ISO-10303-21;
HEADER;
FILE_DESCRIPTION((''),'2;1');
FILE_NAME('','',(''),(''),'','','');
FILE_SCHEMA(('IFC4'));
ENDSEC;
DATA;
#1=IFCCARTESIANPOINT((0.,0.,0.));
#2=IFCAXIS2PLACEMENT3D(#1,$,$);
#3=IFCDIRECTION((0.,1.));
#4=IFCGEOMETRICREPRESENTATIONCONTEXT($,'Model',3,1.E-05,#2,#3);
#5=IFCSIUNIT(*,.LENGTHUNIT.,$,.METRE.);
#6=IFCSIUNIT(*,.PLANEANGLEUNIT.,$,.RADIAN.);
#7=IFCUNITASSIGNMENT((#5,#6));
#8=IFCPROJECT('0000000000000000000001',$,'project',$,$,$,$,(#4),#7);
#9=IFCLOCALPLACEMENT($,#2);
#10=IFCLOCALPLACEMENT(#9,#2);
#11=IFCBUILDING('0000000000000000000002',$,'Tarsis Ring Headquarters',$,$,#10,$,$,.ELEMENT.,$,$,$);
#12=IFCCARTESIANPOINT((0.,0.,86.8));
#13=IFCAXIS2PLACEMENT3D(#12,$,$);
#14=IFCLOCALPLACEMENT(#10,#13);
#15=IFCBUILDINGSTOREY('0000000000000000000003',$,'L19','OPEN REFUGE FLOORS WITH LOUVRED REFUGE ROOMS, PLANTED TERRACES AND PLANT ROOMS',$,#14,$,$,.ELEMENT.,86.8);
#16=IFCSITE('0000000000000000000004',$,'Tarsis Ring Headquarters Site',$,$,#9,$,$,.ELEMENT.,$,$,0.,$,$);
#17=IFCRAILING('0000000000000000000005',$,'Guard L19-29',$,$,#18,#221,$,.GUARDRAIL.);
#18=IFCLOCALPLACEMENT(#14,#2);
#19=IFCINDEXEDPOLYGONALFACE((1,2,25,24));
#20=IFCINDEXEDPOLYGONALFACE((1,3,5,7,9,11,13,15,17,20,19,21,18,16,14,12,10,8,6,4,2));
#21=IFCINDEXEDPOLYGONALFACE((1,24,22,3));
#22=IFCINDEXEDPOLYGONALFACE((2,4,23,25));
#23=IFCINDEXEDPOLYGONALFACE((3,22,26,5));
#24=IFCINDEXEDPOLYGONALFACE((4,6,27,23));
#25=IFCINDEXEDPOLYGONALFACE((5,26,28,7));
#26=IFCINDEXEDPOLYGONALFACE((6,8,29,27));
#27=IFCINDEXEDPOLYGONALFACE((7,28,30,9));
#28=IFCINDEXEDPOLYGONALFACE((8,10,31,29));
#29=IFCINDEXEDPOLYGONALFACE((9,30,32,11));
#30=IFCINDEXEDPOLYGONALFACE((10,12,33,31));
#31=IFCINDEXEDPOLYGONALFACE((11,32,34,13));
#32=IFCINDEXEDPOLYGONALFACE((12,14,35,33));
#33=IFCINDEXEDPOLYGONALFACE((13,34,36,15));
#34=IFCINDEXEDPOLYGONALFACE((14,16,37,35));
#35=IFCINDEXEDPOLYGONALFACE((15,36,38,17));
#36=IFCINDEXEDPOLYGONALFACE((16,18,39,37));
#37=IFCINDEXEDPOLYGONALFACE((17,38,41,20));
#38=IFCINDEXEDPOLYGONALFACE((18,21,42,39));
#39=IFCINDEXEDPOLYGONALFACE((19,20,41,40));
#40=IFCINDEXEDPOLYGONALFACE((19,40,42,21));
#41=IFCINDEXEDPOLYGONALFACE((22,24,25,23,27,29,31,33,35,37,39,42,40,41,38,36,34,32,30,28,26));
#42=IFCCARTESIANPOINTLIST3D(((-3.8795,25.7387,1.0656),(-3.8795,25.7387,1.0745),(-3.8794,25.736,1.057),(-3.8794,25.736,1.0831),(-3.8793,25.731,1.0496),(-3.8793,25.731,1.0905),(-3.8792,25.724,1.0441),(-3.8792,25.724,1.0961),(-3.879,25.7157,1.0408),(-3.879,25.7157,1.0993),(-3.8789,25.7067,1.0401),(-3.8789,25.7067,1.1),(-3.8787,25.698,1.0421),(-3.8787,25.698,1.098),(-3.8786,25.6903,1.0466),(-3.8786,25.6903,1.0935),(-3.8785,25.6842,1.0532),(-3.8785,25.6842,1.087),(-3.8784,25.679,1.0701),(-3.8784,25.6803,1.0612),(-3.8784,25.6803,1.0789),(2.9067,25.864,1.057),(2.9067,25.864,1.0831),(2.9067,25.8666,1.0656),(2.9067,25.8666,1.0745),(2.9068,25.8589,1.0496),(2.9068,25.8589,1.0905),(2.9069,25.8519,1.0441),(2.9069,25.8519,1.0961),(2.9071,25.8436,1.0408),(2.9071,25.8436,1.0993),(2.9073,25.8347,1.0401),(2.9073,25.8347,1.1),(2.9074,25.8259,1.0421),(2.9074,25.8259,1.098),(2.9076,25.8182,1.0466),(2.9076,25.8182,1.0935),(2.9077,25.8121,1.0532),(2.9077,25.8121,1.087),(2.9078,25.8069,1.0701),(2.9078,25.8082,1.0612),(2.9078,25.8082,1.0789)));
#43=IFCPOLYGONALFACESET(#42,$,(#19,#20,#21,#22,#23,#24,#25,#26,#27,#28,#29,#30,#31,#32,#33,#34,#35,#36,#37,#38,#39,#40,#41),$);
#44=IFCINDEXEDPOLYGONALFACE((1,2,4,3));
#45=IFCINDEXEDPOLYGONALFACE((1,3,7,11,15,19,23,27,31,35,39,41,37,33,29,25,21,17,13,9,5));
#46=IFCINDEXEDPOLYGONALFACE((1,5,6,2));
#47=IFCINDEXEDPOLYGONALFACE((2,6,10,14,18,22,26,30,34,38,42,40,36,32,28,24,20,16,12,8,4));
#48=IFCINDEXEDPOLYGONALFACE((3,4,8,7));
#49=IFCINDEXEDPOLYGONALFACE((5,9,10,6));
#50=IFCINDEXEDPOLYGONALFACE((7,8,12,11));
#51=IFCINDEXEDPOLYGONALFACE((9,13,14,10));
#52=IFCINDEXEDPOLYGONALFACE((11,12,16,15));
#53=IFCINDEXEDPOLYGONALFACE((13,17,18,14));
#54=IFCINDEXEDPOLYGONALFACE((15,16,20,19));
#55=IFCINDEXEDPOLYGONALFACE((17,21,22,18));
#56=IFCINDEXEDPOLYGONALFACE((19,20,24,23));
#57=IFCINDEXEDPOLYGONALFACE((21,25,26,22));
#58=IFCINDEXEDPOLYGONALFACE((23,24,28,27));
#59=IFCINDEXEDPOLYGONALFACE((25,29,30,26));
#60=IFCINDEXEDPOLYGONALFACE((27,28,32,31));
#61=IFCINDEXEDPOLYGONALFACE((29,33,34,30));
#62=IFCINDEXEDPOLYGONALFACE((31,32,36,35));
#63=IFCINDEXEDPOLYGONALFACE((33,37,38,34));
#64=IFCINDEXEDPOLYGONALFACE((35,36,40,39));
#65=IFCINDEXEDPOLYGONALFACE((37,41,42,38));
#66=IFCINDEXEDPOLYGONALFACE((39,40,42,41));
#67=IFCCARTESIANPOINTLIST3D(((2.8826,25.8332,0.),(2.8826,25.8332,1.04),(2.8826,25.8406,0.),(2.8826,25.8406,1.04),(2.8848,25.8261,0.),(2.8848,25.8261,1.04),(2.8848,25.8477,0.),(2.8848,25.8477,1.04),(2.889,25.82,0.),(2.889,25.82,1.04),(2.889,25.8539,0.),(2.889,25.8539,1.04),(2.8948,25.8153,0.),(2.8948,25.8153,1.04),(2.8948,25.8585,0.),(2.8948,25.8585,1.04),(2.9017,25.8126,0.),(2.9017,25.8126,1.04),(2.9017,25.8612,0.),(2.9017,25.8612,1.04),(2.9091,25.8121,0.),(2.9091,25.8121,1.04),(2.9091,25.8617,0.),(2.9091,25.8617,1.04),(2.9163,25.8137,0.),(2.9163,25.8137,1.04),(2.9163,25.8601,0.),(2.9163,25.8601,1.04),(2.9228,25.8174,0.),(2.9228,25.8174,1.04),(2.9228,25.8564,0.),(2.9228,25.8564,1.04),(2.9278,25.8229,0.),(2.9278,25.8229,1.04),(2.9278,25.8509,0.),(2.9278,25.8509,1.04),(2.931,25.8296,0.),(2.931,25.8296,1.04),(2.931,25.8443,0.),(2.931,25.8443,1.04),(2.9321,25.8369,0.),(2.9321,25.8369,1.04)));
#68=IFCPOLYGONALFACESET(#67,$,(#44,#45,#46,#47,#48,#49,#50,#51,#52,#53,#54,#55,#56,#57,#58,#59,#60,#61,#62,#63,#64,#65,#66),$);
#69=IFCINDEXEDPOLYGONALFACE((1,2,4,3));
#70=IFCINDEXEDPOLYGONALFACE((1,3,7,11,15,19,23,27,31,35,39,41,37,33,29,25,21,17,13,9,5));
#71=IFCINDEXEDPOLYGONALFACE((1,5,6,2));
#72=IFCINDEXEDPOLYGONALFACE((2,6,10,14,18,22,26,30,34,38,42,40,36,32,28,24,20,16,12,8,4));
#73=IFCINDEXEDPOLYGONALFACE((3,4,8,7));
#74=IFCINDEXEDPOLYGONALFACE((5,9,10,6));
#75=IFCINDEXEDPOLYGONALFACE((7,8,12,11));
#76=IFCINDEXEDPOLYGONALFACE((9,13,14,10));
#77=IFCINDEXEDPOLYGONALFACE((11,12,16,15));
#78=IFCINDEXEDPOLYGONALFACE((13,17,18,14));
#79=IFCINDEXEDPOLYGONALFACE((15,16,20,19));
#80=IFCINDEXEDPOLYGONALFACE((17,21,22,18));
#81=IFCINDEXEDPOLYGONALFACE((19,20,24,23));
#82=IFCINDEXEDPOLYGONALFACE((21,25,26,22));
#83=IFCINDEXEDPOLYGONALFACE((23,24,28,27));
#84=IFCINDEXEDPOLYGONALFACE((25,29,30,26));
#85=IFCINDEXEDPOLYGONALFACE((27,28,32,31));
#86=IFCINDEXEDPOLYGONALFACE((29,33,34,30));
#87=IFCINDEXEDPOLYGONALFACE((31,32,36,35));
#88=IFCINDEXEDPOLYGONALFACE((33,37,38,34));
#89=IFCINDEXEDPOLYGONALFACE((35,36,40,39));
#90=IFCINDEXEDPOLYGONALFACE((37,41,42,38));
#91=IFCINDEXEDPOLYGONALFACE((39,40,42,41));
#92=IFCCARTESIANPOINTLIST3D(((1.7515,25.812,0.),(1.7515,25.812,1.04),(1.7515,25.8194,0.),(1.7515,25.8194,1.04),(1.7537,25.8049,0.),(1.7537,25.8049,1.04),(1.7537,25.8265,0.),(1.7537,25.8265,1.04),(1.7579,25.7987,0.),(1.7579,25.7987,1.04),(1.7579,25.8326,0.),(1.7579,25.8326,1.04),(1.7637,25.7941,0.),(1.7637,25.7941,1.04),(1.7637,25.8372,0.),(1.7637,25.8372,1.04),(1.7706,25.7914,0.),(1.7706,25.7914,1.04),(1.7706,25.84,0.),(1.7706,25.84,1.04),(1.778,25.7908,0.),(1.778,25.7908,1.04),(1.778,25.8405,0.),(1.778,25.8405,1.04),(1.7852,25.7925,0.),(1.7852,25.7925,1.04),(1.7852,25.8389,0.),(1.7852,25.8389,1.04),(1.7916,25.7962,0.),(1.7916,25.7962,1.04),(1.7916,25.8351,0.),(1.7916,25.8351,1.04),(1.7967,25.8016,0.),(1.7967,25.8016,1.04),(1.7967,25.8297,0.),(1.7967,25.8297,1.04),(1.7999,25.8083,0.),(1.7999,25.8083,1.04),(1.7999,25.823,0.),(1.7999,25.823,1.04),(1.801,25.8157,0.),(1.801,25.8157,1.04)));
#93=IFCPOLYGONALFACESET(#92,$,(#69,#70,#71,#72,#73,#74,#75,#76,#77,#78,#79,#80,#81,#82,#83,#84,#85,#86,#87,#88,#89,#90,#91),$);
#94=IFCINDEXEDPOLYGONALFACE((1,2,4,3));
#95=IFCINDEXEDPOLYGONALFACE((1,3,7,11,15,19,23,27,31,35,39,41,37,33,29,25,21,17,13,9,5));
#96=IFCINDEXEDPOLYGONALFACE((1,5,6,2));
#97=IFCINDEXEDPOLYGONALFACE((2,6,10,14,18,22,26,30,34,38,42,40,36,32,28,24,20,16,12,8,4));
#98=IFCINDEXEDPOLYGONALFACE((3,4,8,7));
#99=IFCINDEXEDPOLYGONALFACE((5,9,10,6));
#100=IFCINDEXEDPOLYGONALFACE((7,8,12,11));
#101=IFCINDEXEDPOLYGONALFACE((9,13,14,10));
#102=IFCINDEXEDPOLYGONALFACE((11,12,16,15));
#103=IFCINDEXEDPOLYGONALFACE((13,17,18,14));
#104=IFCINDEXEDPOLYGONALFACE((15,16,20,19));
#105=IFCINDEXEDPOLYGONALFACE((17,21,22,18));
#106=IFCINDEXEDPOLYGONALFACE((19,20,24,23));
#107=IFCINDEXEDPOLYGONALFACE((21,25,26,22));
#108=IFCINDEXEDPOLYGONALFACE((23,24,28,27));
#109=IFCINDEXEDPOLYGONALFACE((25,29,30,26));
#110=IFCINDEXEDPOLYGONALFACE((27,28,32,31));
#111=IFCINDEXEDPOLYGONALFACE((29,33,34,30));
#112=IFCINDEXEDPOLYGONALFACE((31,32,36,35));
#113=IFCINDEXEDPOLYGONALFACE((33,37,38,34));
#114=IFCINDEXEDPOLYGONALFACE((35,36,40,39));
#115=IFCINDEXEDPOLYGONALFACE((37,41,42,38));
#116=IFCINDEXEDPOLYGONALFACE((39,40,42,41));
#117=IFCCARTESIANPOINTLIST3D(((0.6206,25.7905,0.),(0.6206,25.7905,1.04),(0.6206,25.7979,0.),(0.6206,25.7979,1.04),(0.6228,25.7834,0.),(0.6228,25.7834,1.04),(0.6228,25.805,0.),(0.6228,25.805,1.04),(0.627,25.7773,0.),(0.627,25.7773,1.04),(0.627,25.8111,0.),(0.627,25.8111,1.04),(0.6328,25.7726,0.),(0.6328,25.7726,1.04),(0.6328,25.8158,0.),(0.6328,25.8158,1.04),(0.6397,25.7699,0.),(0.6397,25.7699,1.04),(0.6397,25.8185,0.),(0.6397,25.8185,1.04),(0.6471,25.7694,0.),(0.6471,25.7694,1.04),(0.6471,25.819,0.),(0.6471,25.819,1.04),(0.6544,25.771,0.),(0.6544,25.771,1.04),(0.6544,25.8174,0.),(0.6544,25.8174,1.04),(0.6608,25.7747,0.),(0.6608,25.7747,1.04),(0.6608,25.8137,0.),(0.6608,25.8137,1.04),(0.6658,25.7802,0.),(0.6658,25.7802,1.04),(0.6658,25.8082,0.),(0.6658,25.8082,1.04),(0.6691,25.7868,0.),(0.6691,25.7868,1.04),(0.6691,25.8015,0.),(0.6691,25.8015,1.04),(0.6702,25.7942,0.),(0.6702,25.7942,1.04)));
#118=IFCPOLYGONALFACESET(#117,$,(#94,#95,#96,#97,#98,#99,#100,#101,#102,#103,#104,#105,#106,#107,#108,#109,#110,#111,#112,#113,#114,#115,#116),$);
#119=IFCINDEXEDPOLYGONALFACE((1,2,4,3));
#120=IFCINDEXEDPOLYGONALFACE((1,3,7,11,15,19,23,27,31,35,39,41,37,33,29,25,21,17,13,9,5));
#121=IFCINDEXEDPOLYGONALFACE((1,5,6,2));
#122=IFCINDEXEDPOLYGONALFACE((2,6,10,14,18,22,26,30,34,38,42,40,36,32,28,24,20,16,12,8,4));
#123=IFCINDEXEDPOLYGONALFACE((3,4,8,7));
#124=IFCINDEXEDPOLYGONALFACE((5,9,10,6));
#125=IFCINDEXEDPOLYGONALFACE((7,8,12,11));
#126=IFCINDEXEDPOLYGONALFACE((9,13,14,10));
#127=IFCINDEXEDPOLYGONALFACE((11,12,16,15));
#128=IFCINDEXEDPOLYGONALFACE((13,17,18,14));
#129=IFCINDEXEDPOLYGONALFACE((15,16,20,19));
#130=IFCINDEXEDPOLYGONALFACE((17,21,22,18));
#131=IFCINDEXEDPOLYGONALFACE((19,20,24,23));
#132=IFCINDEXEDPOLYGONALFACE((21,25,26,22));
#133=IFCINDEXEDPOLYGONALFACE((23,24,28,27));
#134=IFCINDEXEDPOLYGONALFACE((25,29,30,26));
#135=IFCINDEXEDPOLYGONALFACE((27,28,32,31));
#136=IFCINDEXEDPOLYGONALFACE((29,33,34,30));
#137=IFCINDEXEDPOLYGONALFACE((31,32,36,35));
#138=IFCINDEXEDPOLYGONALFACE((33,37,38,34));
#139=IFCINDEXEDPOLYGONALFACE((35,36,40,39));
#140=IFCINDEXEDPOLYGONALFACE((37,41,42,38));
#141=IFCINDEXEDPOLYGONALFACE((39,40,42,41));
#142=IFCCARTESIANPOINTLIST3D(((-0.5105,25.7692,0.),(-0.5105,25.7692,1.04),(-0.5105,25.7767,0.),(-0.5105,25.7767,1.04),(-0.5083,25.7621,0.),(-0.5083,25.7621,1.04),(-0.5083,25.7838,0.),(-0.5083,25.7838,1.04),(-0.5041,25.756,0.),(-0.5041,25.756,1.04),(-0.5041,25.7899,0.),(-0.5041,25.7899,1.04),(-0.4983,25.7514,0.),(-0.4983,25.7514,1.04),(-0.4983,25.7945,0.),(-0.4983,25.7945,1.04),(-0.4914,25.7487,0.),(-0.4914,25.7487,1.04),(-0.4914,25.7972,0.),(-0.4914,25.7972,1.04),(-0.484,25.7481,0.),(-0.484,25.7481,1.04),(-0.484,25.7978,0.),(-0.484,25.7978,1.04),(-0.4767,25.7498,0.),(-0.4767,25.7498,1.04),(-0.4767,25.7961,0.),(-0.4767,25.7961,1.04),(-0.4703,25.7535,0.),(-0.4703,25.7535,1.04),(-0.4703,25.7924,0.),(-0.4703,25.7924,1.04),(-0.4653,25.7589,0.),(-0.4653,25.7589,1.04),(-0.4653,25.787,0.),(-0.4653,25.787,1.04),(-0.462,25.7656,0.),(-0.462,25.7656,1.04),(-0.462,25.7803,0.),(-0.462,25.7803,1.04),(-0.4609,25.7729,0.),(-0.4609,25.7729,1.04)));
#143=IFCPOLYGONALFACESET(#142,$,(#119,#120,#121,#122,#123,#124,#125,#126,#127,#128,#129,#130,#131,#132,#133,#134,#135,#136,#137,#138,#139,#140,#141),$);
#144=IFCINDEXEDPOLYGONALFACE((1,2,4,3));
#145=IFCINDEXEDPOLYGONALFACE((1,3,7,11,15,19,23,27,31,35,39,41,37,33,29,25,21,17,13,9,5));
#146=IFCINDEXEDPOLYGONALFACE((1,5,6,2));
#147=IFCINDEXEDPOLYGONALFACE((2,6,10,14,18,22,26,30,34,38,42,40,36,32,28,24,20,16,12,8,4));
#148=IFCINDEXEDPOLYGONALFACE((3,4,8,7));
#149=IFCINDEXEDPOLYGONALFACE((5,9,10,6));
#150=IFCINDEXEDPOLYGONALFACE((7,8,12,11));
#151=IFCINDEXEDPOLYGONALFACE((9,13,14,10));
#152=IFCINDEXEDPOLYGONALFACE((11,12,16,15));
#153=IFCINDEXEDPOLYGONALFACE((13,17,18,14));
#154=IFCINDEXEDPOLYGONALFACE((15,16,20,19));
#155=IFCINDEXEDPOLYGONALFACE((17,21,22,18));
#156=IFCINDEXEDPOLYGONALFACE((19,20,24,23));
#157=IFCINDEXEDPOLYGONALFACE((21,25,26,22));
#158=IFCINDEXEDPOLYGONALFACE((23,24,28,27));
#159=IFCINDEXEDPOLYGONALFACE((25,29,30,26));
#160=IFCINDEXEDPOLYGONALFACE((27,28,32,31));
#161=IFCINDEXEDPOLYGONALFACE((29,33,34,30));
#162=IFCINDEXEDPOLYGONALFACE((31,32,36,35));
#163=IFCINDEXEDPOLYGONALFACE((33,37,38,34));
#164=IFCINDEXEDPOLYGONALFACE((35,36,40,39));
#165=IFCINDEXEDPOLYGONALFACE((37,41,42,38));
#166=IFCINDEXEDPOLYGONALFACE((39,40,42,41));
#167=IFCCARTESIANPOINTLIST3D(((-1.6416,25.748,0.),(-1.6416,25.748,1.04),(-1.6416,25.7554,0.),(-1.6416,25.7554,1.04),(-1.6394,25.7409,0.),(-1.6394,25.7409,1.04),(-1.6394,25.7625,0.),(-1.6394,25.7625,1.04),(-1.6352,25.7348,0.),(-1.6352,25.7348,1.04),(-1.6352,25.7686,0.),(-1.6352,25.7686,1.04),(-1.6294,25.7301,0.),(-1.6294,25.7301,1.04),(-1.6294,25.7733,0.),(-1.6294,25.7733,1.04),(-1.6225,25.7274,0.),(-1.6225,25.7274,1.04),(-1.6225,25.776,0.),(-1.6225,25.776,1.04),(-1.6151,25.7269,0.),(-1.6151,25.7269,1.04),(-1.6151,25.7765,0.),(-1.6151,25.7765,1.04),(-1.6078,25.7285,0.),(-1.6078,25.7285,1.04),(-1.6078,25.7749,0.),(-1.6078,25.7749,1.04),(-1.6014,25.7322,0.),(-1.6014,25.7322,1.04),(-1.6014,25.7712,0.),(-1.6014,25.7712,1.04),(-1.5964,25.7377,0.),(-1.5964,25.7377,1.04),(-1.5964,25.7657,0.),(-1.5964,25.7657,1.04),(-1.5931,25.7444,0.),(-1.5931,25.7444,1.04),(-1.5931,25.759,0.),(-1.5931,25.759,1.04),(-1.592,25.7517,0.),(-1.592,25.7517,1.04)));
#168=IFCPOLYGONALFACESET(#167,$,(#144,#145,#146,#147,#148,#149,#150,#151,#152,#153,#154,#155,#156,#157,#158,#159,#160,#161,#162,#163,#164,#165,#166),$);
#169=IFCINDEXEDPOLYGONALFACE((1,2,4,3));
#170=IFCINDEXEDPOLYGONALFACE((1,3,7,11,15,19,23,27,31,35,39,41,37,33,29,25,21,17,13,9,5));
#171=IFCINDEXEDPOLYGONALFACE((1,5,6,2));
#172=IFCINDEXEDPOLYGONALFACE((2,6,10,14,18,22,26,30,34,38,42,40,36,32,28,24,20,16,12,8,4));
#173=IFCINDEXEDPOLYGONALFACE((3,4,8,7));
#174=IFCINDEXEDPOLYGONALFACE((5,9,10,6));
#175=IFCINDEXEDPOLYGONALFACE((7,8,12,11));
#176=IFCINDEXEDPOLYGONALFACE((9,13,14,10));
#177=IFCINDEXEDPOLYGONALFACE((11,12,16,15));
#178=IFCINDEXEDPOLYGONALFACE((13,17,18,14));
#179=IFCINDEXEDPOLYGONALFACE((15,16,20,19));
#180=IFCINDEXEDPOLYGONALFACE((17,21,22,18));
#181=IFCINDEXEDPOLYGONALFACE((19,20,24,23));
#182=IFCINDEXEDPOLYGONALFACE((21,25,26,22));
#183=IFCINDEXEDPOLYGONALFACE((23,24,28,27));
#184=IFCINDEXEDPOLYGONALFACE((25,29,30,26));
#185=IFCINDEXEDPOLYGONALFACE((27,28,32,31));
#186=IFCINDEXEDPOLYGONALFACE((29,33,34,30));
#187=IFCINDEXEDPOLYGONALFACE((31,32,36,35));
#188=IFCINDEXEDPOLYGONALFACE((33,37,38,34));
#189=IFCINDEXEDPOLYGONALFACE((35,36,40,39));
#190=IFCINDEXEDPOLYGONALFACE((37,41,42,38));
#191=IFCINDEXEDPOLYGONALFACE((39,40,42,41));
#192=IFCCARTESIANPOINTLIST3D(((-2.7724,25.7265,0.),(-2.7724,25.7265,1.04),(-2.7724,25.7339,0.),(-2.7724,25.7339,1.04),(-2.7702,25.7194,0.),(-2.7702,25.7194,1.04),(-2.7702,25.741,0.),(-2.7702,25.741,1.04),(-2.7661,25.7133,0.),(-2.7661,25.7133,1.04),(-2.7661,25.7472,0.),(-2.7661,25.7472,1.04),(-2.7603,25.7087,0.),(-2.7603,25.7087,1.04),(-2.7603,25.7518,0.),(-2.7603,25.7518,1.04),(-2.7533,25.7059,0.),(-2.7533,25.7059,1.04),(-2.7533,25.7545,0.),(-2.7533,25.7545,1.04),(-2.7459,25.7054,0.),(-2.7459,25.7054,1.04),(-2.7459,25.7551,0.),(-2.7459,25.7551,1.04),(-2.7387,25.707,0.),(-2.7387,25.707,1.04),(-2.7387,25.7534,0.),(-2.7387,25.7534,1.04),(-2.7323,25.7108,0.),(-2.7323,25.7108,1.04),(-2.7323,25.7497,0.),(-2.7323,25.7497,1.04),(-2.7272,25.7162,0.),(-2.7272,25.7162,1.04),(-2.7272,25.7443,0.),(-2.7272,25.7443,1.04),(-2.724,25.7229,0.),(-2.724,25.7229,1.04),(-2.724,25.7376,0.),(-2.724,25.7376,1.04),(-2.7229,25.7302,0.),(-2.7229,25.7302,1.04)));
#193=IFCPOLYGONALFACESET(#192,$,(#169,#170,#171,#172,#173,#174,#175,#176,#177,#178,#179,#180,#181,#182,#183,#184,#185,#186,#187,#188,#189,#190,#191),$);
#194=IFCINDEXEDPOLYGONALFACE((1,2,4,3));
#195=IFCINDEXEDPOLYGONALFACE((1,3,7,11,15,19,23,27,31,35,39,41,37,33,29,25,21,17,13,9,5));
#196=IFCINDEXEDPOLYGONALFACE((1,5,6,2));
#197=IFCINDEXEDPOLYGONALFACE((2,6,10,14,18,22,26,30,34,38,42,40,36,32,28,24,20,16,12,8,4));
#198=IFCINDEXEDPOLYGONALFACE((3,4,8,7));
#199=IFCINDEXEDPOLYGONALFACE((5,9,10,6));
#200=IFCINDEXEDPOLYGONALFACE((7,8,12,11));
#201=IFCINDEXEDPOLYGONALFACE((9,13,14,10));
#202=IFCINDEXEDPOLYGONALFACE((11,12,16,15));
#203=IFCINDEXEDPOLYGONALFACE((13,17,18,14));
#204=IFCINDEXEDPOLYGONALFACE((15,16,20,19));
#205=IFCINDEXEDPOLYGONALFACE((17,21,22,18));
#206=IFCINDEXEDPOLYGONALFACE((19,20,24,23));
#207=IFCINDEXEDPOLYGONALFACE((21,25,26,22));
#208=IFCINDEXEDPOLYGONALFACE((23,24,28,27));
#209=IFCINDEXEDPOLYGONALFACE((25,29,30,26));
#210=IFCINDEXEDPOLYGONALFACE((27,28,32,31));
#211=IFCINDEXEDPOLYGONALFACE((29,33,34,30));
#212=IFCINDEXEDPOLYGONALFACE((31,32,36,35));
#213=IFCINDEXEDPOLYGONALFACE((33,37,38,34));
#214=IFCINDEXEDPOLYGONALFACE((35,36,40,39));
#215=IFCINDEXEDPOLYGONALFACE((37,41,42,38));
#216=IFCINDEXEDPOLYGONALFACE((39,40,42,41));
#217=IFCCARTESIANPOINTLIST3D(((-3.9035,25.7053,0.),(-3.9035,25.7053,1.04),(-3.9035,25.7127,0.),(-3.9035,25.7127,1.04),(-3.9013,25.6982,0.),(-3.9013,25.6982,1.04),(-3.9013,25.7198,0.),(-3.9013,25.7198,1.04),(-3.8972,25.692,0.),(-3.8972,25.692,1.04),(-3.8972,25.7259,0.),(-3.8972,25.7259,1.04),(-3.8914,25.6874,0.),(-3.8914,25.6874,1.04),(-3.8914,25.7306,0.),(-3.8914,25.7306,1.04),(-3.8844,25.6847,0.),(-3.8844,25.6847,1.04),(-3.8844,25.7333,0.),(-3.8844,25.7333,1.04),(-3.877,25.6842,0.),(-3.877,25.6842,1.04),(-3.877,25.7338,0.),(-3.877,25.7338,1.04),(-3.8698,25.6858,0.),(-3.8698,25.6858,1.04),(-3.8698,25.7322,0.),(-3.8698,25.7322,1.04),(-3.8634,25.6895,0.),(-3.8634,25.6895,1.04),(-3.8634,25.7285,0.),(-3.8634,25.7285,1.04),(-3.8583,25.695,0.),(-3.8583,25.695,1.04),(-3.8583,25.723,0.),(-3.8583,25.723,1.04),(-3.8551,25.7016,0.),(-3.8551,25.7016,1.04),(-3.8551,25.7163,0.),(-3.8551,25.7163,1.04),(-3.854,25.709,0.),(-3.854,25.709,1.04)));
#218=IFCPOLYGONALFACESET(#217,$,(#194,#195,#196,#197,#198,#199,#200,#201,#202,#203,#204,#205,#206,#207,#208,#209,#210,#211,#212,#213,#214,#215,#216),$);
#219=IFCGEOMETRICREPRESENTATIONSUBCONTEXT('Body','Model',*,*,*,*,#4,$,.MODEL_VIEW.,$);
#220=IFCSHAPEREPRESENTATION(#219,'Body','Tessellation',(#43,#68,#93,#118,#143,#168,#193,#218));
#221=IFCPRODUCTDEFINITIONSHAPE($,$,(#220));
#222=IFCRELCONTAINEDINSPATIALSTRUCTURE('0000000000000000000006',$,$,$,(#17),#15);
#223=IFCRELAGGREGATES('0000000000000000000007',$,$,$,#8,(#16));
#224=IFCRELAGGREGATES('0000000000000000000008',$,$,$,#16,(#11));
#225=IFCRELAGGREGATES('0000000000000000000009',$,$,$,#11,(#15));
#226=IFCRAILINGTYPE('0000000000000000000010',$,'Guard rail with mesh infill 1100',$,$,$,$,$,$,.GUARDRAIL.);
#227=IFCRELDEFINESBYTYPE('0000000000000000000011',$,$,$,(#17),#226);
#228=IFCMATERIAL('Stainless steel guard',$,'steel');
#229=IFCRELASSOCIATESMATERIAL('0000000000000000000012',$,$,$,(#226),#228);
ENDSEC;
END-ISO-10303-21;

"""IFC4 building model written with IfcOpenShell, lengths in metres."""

from ifc_helpers import new_model, si_unit, direction, frame, origin, origin_2d, place, context, subcontext, project, spatial, circle, extrude, material, type_object, element, save


model = new_model("IFC4")

# Units and contexts
model_context = context("Model", 3, precision=1e-05, world=origin(), true_north=direction((0.0, 1.0)))
body_context = subcontext(model_context, "Body", "Model", "MODEL_VIEW")
ifc_project = project(units=[si_unit("LENGTHUNIT", "METRE"), si_unit("PLANEANGLEUNIT", "RADIAN")], contexts=[model_context])

# Site, building, storey
site_placement = place(None, origin())
site = spatial("IfcSite", under=ifc_project, at=site_placement, Name="Tarsis Ring Headquarters Site", CompositionType="ELEMENT", RefElevation=0.0)
building_placement = place(site_placement, origin())
building = spatial("IfcBuilding", under=site, at=building_placement, Name="Tarsis Ring Headquarters", CompositionType="ELEMENT")
storey_placement = place(building_placement, frame((0.0, 0.0, 86.8)))
storey = spatial("IfcBuildingStorey", under=building, at=storey_placement, Name="L19", Description="OPEN REFUGE FLOORS WITH LOUVRED REFUGE ROOMS, PLANTED TERRACES AND PLANT ROOMS", CompositionType="ELEMENT", Elevation=86.8)

# Railing
ifc_material_1 = material(Name="Stainless steel guard", Category="steel")
railing_type_1 = type_object("IfcRailingType", Name="Guard rail with mesh infill 1100", PredefinedType="GUARDRAIL", material=ifc_material_1)
railing_1_placement = place(storey_placement, frame((2.9072, 25.8369, 0.0)))
element("IfcRailing", 1, at=railing_1_placement, inside=storey, type_object=railing_type_1, Name="Guard L19-29", PredefinedType="GUARDRAIL", context=body_context, shape_type="SweptSolid", body=[
    extrude(circle(Radius=0.03, at=origin_2d()), frame((0.0, 0.0, 1.0701), z_axis=(-0.999822, -0.018848, 0.0), x_axis=(0.018848, -0.999822, 0.0)), (0.0, 0.0, 1.0), 6.7874),
    extrude(circle(Radius=0.0249, at=origin_2d()), origin(), (0.0, 0.0, 1.0), 1.04),
    extrude(circle(Radius=0.0249, at=origin_2d()), frame((-1.1311, -0.0212, 0.0)), (0.0, 0.0, 1.0), 1.04),
    extrude(circle(Radius=0.0249, at=origin_2d()), frame((-2.262, -0.0427, 0.0)), (0.0, 0.0, 1.0), 1.04),
    extrude(circle(Radius=0.0249, at=origin_2d()), frame((-3.3931, -0.064, 0.0)), (0.0, 0.0, 1.0), 1.04),
    extrude(circle(Radius=0.0249, at=origin_2d()), frame((-4.5242, -0.0852, 0.0)), (0.0, 0.0, 1.0), 1.04),
    extrude(circle(Radius=0.0249, at=origin_2d()), frame((-5.655, -0.1067, 0.0)), (0.0, 0.0, 1.0), 1.04),
    extrude(circle(Radius=0.0249, at=origin_2d()), frame((-6.7861, -0.1279, 0.0)), (0.0, 0.0, 1.0), 1.04),
])

save(model, "model.ifc")
